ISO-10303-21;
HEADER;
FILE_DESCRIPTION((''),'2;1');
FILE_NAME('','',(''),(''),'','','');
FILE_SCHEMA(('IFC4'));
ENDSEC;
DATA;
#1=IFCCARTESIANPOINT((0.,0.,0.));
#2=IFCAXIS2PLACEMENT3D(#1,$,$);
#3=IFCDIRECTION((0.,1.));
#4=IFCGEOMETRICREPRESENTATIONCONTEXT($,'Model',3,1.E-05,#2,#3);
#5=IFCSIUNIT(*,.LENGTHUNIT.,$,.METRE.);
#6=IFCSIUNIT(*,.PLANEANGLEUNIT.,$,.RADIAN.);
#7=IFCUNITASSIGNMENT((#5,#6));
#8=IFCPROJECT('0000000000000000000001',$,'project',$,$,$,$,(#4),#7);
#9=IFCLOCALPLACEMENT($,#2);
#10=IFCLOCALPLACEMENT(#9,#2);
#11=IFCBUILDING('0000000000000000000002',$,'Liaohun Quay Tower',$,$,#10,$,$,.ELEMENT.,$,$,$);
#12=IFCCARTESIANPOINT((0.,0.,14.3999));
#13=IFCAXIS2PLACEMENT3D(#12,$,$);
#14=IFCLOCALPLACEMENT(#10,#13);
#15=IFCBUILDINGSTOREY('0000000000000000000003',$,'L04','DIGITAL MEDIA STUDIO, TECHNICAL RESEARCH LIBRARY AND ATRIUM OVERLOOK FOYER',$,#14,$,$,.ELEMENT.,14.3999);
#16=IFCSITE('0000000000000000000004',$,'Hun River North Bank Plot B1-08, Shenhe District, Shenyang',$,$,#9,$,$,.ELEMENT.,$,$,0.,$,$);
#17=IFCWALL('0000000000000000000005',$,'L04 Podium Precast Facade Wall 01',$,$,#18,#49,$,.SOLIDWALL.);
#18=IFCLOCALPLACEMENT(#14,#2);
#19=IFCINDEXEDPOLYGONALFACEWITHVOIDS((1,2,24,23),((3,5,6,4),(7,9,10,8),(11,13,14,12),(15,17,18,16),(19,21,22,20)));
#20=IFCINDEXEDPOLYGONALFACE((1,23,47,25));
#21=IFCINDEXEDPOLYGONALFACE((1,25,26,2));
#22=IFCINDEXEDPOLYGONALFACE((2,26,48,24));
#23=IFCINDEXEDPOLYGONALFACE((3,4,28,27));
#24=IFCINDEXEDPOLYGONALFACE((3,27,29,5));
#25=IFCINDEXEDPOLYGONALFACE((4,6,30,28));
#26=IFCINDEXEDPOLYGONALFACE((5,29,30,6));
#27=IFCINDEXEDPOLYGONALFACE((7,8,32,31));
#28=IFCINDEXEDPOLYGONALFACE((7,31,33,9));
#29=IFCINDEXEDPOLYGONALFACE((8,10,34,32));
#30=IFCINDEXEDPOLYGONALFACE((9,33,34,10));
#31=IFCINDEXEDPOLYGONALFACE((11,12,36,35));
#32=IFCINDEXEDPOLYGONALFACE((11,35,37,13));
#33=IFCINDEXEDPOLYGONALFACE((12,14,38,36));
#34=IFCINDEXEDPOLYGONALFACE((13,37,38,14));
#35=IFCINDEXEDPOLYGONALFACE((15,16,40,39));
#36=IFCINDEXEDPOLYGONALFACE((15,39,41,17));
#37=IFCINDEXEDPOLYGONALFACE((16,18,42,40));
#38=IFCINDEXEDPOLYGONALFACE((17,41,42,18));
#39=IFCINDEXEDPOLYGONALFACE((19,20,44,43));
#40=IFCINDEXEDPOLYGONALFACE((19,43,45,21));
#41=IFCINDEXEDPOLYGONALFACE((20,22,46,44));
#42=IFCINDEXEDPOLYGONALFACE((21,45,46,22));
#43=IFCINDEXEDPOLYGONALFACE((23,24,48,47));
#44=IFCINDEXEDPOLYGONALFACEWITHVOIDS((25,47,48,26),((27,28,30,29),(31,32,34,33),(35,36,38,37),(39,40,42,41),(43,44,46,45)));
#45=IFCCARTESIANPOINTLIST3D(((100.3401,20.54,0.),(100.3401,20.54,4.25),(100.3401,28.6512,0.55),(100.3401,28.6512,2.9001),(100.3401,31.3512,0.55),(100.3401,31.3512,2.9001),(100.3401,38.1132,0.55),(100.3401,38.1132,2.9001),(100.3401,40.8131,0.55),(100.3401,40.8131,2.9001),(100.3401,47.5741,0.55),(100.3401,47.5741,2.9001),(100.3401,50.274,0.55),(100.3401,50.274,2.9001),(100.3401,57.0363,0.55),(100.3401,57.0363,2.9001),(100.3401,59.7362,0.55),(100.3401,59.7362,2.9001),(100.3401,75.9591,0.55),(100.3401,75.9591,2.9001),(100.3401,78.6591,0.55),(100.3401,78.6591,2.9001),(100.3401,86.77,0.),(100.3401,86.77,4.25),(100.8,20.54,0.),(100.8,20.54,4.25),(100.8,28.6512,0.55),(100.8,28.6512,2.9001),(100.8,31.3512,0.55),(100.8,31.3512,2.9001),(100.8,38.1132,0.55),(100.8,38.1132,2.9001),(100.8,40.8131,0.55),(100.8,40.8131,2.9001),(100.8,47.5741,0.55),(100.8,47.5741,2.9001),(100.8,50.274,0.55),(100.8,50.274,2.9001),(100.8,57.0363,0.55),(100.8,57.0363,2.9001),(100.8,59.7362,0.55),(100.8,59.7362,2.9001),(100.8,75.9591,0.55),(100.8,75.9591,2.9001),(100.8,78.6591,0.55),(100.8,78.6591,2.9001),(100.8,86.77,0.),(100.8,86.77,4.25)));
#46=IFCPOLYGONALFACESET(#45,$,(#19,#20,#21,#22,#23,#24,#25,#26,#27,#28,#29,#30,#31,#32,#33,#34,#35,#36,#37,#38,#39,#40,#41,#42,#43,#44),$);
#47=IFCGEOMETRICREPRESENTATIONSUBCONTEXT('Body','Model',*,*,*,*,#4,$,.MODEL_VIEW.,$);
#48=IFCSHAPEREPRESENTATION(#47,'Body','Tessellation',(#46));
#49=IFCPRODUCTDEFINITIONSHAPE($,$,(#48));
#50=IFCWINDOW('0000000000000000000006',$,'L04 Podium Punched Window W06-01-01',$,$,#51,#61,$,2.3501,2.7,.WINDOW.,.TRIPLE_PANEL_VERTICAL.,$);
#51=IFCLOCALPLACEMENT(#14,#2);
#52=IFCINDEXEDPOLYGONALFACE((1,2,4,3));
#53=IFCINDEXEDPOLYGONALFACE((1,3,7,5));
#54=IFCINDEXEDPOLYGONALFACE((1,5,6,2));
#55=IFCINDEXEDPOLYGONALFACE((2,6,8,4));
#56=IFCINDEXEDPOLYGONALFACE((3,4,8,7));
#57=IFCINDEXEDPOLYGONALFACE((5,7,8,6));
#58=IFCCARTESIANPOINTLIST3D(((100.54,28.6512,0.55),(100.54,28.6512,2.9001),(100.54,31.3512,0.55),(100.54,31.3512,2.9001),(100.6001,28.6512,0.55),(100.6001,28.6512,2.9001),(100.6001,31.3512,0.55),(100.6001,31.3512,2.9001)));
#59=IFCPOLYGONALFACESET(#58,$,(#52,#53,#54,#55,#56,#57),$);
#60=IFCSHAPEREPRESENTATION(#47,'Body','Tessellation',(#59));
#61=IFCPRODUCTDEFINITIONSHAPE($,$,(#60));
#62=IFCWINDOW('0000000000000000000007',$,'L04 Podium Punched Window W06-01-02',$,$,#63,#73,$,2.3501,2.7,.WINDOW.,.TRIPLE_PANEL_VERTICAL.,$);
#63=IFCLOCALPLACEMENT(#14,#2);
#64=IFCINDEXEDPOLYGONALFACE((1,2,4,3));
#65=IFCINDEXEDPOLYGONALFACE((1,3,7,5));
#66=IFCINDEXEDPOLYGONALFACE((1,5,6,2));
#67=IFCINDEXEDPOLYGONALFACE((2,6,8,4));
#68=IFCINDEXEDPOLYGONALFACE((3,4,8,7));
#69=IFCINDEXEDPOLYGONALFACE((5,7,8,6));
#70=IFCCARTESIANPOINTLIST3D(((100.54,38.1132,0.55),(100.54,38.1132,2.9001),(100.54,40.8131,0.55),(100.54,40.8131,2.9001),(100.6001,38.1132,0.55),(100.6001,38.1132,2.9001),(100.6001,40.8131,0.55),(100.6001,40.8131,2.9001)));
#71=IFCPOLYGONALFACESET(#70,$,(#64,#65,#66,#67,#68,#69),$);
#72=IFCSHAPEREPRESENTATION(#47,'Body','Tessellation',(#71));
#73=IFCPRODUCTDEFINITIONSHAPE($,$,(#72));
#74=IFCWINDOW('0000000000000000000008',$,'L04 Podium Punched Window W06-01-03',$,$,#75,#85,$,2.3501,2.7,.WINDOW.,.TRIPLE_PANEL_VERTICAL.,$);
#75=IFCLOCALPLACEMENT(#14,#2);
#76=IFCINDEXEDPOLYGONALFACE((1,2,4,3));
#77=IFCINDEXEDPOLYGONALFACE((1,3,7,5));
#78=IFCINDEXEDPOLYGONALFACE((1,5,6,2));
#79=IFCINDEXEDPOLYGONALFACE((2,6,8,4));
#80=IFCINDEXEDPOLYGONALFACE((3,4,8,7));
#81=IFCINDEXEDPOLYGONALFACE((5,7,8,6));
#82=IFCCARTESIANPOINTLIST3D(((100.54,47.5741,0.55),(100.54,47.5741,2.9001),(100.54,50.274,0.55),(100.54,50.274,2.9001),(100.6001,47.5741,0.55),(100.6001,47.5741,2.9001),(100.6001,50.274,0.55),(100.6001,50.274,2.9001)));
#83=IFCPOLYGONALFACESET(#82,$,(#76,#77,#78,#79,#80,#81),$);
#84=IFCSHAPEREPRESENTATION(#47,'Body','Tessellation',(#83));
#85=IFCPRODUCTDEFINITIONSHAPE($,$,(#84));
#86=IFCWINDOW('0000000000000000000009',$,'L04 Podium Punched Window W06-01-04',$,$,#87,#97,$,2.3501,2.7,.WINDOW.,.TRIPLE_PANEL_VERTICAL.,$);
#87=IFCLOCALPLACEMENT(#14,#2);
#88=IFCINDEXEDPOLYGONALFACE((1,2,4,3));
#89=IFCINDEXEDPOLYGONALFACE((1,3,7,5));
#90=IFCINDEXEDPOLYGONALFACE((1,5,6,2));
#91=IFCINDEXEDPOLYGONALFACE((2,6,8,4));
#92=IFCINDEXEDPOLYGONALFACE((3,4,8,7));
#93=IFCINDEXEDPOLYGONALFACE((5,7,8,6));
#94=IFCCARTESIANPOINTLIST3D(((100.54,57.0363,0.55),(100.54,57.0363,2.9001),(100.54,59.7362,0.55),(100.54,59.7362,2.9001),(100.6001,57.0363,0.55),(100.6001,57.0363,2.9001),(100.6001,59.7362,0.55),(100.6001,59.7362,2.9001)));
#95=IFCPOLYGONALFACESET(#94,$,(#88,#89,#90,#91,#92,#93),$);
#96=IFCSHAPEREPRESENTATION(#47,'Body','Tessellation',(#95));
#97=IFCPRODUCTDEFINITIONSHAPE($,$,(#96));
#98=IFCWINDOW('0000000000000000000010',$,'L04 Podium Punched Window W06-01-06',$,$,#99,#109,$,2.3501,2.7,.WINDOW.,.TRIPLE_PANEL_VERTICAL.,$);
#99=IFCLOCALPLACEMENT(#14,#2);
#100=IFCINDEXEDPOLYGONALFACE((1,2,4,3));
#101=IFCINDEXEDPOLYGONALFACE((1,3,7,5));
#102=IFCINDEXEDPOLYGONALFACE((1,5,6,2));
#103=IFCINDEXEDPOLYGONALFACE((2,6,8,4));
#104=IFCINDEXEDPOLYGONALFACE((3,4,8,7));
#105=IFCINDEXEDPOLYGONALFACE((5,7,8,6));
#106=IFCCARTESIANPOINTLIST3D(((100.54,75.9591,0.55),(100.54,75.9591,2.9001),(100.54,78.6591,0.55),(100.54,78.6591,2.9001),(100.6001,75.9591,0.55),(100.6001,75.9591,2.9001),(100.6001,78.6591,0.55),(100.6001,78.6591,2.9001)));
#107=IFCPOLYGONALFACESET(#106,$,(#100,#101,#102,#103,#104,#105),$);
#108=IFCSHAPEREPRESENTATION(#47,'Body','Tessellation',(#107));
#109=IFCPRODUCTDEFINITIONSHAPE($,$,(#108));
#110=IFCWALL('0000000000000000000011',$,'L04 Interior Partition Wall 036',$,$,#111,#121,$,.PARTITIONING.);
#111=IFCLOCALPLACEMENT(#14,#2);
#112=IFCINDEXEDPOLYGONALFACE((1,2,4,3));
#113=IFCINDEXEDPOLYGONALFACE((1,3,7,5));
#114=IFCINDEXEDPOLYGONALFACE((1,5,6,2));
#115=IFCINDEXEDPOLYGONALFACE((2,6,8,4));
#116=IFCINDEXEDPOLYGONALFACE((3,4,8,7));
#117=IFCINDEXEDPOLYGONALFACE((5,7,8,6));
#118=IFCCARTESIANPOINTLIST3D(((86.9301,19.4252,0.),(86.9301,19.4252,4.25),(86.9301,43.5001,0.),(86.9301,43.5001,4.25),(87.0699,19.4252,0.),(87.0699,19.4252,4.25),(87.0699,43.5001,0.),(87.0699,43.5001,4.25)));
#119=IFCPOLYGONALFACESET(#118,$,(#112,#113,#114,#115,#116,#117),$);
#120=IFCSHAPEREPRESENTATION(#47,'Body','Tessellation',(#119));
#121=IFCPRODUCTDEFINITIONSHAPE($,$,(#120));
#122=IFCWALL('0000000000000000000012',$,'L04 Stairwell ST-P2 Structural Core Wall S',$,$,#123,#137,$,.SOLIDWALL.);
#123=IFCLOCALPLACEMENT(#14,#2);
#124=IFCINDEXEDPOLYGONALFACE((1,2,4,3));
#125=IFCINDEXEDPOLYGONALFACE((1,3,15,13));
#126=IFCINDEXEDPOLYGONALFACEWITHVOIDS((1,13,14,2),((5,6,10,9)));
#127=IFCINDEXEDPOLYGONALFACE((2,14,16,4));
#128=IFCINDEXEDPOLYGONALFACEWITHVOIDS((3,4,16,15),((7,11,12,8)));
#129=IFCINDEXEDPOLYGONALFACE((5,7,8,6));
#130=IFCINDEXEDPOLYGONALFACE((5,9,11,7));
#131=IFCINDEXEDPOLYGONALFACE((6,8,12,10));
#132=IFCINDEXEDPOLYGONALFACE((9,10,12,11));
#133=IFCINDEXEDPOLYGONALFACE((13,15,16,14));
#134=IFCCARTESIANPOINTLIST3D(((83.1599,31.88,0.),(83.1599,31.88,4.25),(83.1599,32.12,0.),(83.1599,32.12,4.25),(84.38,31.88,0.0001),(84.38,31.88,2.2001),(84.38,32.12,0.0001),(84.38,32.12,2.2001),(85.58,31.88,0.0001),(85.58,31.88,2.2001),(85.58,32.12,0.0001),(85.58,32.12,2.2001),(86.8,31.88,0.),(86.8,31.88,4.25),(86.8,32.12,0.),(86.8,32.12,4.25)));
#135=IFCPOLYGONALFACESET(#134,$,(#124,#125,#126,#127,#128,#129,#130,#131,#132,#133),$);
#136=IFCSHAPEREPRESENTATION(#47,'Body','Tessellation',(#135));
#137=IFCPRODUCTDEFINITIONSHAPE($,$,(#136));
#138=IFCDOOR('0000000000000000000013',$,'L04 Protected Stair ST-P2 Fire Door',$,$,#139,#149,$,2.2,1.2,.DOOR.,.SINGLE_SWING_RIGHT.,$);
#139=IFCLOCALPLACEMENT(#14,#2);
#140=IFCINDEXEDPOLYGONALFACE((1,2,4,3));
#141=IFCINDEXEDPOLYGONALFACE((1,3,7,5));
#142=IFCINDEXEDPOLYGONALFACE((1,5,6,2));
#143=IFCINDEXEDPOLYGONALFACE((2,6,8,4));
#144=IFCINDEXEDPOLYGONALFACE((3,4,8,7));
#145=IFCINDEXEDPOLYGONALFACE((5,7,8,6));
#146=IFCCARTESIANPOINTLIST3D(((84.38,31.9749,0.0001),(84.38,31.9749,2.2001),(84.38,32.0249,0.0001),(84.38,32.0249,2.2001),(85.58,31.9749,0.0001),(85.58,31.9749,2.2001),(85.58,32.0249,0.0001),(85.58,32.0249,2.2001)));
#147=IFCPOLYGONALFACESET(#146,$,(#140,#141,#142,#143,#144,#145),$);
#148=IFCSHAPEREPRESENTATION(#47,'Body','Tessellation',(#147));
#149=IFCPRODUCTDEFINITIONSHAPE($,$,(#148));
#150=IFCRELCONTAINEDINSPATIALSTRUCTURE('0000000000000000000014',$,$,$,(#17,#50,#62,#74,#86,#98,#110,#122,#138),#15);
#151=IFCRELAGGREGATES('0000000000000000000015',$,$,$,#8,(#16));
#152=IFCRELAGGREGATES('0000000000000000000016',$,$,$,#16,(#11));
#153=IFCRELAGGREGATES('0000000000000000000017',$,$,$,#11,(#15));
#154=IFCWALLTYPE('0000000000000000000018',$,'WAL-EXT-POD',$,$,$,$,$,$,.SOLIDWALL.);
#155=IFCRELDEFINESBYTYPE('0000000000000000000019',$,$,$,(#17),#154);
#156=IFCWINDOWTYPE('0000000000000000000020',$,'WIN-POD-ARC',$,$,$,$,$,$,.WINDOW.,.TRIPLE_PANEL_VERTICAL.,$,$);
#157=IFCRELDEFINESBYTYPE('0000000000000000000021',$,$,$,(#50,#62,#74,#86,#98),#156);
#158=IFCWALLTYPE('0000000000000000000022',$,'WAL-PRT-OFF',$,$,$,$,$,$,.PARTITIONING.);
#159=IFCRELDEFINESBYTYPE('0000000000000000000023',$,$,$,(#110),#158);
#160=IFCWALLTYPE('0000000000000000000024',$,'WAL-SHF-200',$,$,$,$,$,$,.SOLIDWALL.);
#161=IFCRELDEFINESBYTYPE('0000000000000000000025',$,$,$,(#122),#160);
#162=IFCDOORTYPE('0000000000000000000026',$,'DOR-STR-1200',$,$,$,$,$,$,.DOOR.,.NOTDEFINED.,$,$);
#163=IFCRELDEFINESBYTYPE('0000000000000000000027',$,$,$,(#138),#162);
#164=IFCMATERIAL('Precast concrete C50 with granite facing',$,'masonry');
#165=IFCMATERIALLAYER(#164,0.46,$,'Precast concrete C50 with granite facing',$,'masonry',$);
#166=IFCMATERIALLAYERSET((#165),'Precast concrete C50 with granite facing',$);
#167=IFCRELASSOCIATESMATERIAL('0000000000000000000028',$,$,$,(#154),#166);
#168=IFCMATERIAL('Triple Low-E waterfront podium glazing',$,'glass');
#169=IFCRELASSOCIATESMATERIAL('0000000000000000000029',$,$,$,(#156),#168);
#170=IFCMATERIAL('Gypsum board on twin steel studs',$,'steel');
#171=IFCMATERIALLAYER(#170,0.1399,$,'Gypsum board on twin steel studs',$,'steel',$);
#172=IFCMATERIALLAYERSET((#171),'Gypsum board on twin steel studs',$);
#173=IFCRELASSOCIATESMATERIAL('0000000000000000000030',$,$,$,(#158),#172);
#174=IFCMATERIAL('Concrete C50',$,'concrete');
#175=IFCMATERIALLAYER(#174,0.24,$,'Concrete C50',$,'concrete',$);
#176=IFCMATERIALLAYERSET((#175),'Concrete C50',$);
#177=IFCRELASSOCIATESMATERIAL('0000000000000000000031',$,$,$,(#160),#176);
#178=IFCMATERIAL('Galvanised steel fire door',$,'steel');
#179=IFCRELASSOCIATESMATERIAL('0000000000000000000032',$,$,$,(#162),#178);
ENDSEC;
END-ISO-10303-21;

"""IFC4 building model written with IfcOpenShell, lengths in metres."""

from ifc_helpers import new_model, si_unit, direction, frame, frame_2d, origin, place, context, subcontext, project, spatial, rectangle, extrude, source, transform, mapped, material, layer, layer_set, type_object, element, fill, save


model = new_model("IFC4")

# Units and contexts
model_context = context("Model", 3, precision=1e-05, world=origin(), true_north=direction((0.0, 1.0)))
body_context = subcontext(model_context, "Body", "Model", "MODEL_VIEW")
ifc_project = project(units=[si_unit("LENGTHUNIT", "METRE"), si_unit("PLANEANGLEUNIT", "RADIAN")], contexts=[model_context])

# Site, building, storey
site_placement = place(None, origin())
site = spatial("IfcSite", under=ifc_project, at=site_placement, Name="Hun River North Bank Plot B1-08, Shenhe District, Shenyang", CompositionType="ELEMENT", RefElevation=0.0)
building_placement = place(site_placement, origin())
building = spatial("IfcBuilding", under=site, at=building_placement, Name="Liaohun Quay Tower", CompositionType="ELEMENT")
storey_placement = place(building_placement, frame((0.0, 0.0, 14.3999)))
storey = spatial("IfcBuildingStorey", under=building, at=storey_placement, Name="L04", Description="DIGITAL MEDIA STUDIO, TECHNICAL RESEARCH LIBRARY AND ATRIUM OVERLOOK FOYER", CompositionType="ELEMENT", Elevation=14.3999)

# Wall, openings, windows
ifc_material_1 = material(Name="Precast concrete C50 with granite facing", Category="masonry")
ifc_layer_1 = layer(ifc_material_1, 0.46, Name="Precast concrete C50 with granite facing", Category="masonry")
ifc_layer_set_1 = layer_set([ifc_layer_1], Name="Precast concrete C50 with granite facing")
wall_type_1 = type_object("IfcWallType", Name="WAL-EXT-POD", PredefinedType="SOLIDWALL", material=ifc_layer_set_1)
wall_1_placement = place(storey_placement, frame((100.5701, 20.54, 0.0), z_axis=(0.0, 0.0, 1.0), x_axis=(0.0, 1.0, 0.0)))
wall_1 = element("IfcWall", 1, at=wall_1_placement, inside=storey, type_object=wall_type_1, Name="L04 Podium Precast Facade Wall 01", PredefinedType="SOLIDWALL", context=body_context, shape_type="SweptSolid", body=[
    extrude(rectangle(XDim=66.23, YDim=0.46, at=frame_2d((33.115, 0.0))), origin(), (0.0, 0.0, 1.0), 4.25),
])
shared_shape_1 = source(origin(), body_context, "Body", "SweptSolid", [
    extrude(rectangle(XDim=2.7, YDim=2.3501, at=frame_2d((1.3501, 1.175))), frame((0.0, 0.24, 0.0), z_axis=(0.0, -1.0, 0.0), x_axis=(1.0, 0.0, 0.0)), (0.0, 0.0, 1.0), 0.48),
])
opening_1_placement = place(wall_1_placement, frame((8.1111, 0.0, 0.55)))
opening_1 = element("IfcOpeningElement", 2, at=opening_1_placement, cuts=wall_1, PredefinedType="OPENING", context=body_context, shape_type="MappedRepresentation", body=[
    mapped(shared_shape_1, transform((0.0, 0.0, 0.0), x_axis=(1.0, 0.0, 0.0), y_axis=(0.0, 1.0, 0.0), z_axis=(0.0, 0.0, 1.0), scale=1.0)),
])
opening_2_placement = place(wall_1_placement, frame((17.573, 0.0, 0.55)))
opening_2 = element("IfcOpeningElement", 3, at=opening_2_placement, cuts=wall_1, PredefinedType="OPENING", context=body_context, shape_type="MappedRepresentation", body=[
    mapped(shared_shape_1, transform((0.0, 0.0, 0.0), x_axis=(1.0, 0.0, 0.0), y_axis=(0.0, 1.0, 0.0), z_axis=(0.0, 0.0, 1.0), scale=1.0)),
])
opening_3_placement = place(wall_1_placement, frame((27.0339, 0.0, 0.55)))
opening_3 = element("IfcOpeningElement", 4, at=opening_3_placement, cuts=wall_1, PredefinedType="OPENING", context=body_context, shape_type="MappedRepresentation", body=[
    mapped(shared_shape_1, transform((0.0, 0.0, 0.0), x_axis=(1.0, 0.0, 0.0), y_axis=(0.0, 1.0, 0.0), z_axis=(0.0, 0.0, 1.0), scale=1.0)),
])
opening_4_placement = place(wall_1_placement, frame((36.4961, 0.0, 0.55)))
opening_4 = element("IfcOpeningElement", 5, at=opening_4_placement, cuts=wall_1, PredefinedType="OPENING", context=body_context, shape_type="MappedRepresentation", body=[
    mapped(shared_shape_1, transform((0.0, 0.0, 0.0), x_axis=(1.0, 0.0, 0.0), y_axis=(0.0, 1.0, 0.0), z_axis=(0.0, 0.0, 1.0), scale=1.0)),
])
opening_5_placement = place(wall_1_placement, frame((55.4189, 0.0, 0.55)))
opening_5 = element("IfcOpeningElement", 6, at=opening_5_placement, cuts=wall_1, PredefinedType="OPENING", context=body_context, shape_type="MappedRepresentation", body=[
    mapped(shared_shape_1, transform((0.0, 0.0, 0.0), x_axis=(1.0, 0.0, 0.0), y_axis=(0.0, 1.0, 0.0), z_axis=(0.0, 0.0, 1.0), scale=1.0)),
])
ifc_material_2 = material(Name="Triple Low-E waterfront podium glazing", Category="glass")
window_type = type_object("IfcWindowType", Name="WIN-POD-ARC", PartitioningType="TRIPLE_PANEL_VERTICAL", PredefinedType="WINDOW", material=ifc_material_2)
shared_shape_2 = source(origin(), body_context, "Body", "SweptSolid", [
    extrude(rectangle(XDim=2.7, YDim=2.3501, at=frame_2d((1.3501, 1.175))), frame((0.0, 0.03, 0.0), z_axis=(0.0, -1.0, 0.0), x_axis=(1.0, 0.0, 0.0)), (0.0, 0.0, 1.0), 0.0601),
])
window_1_placement = place(opening_1_placement, origin())
window_1 = element("IfcWindow", 7, at=window_1_placement, inside=storey, type_object=window_type, Name="L04 Podium Punched Window W06-01-01", OverallHeight=2.3501, OverallWidth=2.7, PartitioningType="TRIPLE_PANEL_VERTICAL", PredefinedType="WINDOW", context=body_context, shape_type="MappedRepresentation", body=[
    mapped(shared_shape_2, transform((0.0, 0.0, 0.0), x_axis=(1.0, 0.0, 0.0), y_axis=(0.0, 1.0, 0.0), z_axis=(0.0, 0.0, 1.0), scale=1.0)),
])
fill(opening_1, window_1)
window_2_placement = place(opening_2_placement, origin())
window_2 = element("IfcWindow", 8, at=window_2_placement, inside=storey, type_object=window_type, Name="L04 Podium Punched Window W06-01-02", OverallHeight=2.3501, OverallWidth=2.7, PartitioningType="TRIPLE_PANEL_VERTICAL", PredefinedType="WINDOW", context=body_context, shape_type="MappedRepresentation", body=[
    mapped(shared_shape_2, transform((0.0, 0.0, 0.0), x_axis=(1.0, 0.0, 0.0), y_axis=(0.0, 1.0, 0.0), z_axis=(0.0, 0.0, 1.0), scale=1.0)),
])
fill(opening_2, window_2)
window_3_placement = place(opening_3_placement, origin())
window_3 = element("IfcWindow", 9, at=window_3_placement, inside=storey, type_object=window_type, Name="L04 Podium Punched Window W06-01-03", OverallHeight=2.3501, OverallWidth=2.7, PartitioningType="TRIPLE_PANEL_VERTICAL", PredefinedType="WINDOW", context=body_context, shape_type="MappedRepresentation", body=[
    mapped(shared_shape_2, transform((0.0, 0.0, 0.0), x_axis=(1.0, 0.0, 0.0), y_axis=(0.0, 1.0, 0.0), z_axis=(0.0, 0.0, 1.0), scale=1.0)),
])
fill(opening_3, window_3)
window_4_placement = place(opening_4_placement, origin())
window_4 = element("IfcWindow", 10, at=window_4_placement, inside=storey, type_object=window_type, Name="L04 Podium Punched Window W06-01-04", OverallHeight=2.3501, OverallWidth=2.7, PartitioningType="TRIPLE_PANEL_VERTICAL", PredefinedType="WINDOW", context=body_context, shape_type="MappedRepresentation", body=[
    mapped(shared_shape_2, transform((0.0, 0.0, 0.0), x_axis=(1.0, 0.0, 0.0), y_axis=(0.0, 1.0, 0.0), z_axis=(0.0, 0.0, 1.0), scale=1.0)),
])
fill(opening_4, window_4)
window_5_placement = place(opening_5_placement, origin())
window_5 = element("IfcWindow", 11, at=window_5_placement, inside=storey, type_object=window_type, Name="L04 Podium Punched Window W06-01-06", OverallHeight=2.3501, OverallWidth=2.7, PartitioningType="TRIPLE_PANEL_VERTICAL", PredefinedType="WINDOW", context=body_context, shape_type="MappedRepresentation", body=[
    mapped(shared_shape_2, transform((0.0, 0.0, 0.0), x_axis=(1.0, 0.0, 0.0), y_axis=(0.0, 1.0, 0.0), z_axis=(0.0, 0.0, 1.0), scale=1.0)),
])
fill(opening_5, window_5)

# Wall
ifc_material_3 = material(Name="Gypsum board on twin steel studs", Category="steel")
ifc_layer_2 = layer(ifc_material_3, 0.1399, Name="Gypsum board on twin steel studs", Category="steel")
ifc_layer_set_2 = layer_set([ifc_layer_2], Name="Gypsum board on twin steel studs")
wall_type_2 = type_object("IfcWallType", Name="WAL-PRT-OFF", PredefinedType="PARTITIONING", material=ifc_layer_set_2)
wall_2_placement = place(storey_placement, frame((87.0, 19.425, 0.0), z_axis=(0.0, 0.0, 1.0), x_axis=(0.0, 1.0, 0.0)))
element("IfcWall", 12, at=wall_2_placement, inside=storey, type_object=wall_type_2, Name="L04 Interior Partition Wall 036", PredefinedType="PARTITIONING", context=body_context, shape_type="SweptSolid", body=[
    extrude(rectangle(XDim=24.075, YDim=0.1399, at=frame_2d((12.0376, 0.0))), origin(), (0.0, 0.0, 1.0), 4.25),
])

# Wall, opening, door
ifc_material_4 = material(Name="Concrete C50", Category="concrete")
ifc_layer_3 = layer(ifc_material_4, 0.24, Name="Concrete C50", Category="concrete")
ifc_layer_set_3 = layer_set([ifc_layer_3], Name="Concrete C50")
wall_type_3 = type_object("IfcWallType", Name="WAL-SHF-200", PredefinedType="SOLIDWALL", material=ifc_layer_set_3)
wall_3_placement = place(storey_placement, frame((83.1599, 32.0, 0.0), z_axis=(0.0, 0.0, 1.0), x_axis=(1.0, 0.0, 0.0)))
wall_3 = element("IfcWall", 13, at=wall_3_placement, inside=storey, type_object=wall_type_3, Name="L04 Stairwell ST-P2 Structural Core Wall S", PredefinedType="SOLIDWALL", context=body_context, shape_type="SweptSolid", body=[
    extrude(rectangle(XDim=3.6401, YDim=0.24, at=frame_2d((1.8201, 0.0))), origin(), (0.0, 0.0, 1.0), 4.25),
])
shared_shape_3 = source(origin(), body_context, "Body", "SweptSolid", [
    extrude(rectangle(XDim=1.2, YDim=2.2, at=frame_2d((0.6001, 1.1001))), frame((0.0, 0.1299, 0.0), z_axis=(0.0, -1.0, 0.0), x_axis=(1.0, 0.0, 0.0)), (0.0, 0.0, 1.0), 0.26),
])
opening_6_placement = place(wall_3_placement, frame((1.22, 0.0, 0.0)))
opening_6 = element("IfcOpeningElement", 14, at=opening_6_placement, cuts=wall_3, PredefinedType="OPENING", context=body_context, shape_type="MappedRepresentation", body=[
    mapped(shared_shape_3, transform((0.0, 0.0, 0.0), x_axis=(1.0, 0.0, 0.0), y_axis=(0.0, 1.0, 0.0), z_axis=(0.0, 0.0, 1.0), scale=1.0)),
])
ifc_material_5 = material(Name="Galvanised steel fire door", Category="steel")
door_type = type_object("IfcDoorType", Name="DOR-STR-1200", OperationType="NOTDEFINED", PredefinedType="DOOR", material=ifc_material_5)
shared_shape_4 = source(origin(), body_context, "Body", "SweptSolid", [
    extrude(rectangle(XDim=1.2, YDim=2.2, at=frame_2d((0.6001, 1.1001))), frame((0.0, 0.0249, 0.0), z_axis=(0.0, -1.0, 0.0), x_axis=(1.0, 0.0, 0.0)), (0.0, 0.0, 1.0), 0.05),
])
door_placement = place(opening_6_placement, origin())
door = element("IfcDoor", 15, at=door_placement, inside=storey, type_object=door_type, Name="L04 Protected Stair ST-P2 Fire Door", OperationType="SINGLE_SWING_RIGHT", OverallHeight=2.2, OverallWidth=1.2, PredefinedType="DOOR", context=body_context, shape_type="MappedRepresentation", body=[
    mapped(shared_shape_4, transform((0.0, 0.0, 0.0), x_axis=(1.0, 0.0, 0.0), y_axis=(0.0, 1.0, 0.0), z_axis=(0.0, 0.0, 1.0), scale=1.0)),
])
fill(opening_6, door)

save(model, "model.ifc")
